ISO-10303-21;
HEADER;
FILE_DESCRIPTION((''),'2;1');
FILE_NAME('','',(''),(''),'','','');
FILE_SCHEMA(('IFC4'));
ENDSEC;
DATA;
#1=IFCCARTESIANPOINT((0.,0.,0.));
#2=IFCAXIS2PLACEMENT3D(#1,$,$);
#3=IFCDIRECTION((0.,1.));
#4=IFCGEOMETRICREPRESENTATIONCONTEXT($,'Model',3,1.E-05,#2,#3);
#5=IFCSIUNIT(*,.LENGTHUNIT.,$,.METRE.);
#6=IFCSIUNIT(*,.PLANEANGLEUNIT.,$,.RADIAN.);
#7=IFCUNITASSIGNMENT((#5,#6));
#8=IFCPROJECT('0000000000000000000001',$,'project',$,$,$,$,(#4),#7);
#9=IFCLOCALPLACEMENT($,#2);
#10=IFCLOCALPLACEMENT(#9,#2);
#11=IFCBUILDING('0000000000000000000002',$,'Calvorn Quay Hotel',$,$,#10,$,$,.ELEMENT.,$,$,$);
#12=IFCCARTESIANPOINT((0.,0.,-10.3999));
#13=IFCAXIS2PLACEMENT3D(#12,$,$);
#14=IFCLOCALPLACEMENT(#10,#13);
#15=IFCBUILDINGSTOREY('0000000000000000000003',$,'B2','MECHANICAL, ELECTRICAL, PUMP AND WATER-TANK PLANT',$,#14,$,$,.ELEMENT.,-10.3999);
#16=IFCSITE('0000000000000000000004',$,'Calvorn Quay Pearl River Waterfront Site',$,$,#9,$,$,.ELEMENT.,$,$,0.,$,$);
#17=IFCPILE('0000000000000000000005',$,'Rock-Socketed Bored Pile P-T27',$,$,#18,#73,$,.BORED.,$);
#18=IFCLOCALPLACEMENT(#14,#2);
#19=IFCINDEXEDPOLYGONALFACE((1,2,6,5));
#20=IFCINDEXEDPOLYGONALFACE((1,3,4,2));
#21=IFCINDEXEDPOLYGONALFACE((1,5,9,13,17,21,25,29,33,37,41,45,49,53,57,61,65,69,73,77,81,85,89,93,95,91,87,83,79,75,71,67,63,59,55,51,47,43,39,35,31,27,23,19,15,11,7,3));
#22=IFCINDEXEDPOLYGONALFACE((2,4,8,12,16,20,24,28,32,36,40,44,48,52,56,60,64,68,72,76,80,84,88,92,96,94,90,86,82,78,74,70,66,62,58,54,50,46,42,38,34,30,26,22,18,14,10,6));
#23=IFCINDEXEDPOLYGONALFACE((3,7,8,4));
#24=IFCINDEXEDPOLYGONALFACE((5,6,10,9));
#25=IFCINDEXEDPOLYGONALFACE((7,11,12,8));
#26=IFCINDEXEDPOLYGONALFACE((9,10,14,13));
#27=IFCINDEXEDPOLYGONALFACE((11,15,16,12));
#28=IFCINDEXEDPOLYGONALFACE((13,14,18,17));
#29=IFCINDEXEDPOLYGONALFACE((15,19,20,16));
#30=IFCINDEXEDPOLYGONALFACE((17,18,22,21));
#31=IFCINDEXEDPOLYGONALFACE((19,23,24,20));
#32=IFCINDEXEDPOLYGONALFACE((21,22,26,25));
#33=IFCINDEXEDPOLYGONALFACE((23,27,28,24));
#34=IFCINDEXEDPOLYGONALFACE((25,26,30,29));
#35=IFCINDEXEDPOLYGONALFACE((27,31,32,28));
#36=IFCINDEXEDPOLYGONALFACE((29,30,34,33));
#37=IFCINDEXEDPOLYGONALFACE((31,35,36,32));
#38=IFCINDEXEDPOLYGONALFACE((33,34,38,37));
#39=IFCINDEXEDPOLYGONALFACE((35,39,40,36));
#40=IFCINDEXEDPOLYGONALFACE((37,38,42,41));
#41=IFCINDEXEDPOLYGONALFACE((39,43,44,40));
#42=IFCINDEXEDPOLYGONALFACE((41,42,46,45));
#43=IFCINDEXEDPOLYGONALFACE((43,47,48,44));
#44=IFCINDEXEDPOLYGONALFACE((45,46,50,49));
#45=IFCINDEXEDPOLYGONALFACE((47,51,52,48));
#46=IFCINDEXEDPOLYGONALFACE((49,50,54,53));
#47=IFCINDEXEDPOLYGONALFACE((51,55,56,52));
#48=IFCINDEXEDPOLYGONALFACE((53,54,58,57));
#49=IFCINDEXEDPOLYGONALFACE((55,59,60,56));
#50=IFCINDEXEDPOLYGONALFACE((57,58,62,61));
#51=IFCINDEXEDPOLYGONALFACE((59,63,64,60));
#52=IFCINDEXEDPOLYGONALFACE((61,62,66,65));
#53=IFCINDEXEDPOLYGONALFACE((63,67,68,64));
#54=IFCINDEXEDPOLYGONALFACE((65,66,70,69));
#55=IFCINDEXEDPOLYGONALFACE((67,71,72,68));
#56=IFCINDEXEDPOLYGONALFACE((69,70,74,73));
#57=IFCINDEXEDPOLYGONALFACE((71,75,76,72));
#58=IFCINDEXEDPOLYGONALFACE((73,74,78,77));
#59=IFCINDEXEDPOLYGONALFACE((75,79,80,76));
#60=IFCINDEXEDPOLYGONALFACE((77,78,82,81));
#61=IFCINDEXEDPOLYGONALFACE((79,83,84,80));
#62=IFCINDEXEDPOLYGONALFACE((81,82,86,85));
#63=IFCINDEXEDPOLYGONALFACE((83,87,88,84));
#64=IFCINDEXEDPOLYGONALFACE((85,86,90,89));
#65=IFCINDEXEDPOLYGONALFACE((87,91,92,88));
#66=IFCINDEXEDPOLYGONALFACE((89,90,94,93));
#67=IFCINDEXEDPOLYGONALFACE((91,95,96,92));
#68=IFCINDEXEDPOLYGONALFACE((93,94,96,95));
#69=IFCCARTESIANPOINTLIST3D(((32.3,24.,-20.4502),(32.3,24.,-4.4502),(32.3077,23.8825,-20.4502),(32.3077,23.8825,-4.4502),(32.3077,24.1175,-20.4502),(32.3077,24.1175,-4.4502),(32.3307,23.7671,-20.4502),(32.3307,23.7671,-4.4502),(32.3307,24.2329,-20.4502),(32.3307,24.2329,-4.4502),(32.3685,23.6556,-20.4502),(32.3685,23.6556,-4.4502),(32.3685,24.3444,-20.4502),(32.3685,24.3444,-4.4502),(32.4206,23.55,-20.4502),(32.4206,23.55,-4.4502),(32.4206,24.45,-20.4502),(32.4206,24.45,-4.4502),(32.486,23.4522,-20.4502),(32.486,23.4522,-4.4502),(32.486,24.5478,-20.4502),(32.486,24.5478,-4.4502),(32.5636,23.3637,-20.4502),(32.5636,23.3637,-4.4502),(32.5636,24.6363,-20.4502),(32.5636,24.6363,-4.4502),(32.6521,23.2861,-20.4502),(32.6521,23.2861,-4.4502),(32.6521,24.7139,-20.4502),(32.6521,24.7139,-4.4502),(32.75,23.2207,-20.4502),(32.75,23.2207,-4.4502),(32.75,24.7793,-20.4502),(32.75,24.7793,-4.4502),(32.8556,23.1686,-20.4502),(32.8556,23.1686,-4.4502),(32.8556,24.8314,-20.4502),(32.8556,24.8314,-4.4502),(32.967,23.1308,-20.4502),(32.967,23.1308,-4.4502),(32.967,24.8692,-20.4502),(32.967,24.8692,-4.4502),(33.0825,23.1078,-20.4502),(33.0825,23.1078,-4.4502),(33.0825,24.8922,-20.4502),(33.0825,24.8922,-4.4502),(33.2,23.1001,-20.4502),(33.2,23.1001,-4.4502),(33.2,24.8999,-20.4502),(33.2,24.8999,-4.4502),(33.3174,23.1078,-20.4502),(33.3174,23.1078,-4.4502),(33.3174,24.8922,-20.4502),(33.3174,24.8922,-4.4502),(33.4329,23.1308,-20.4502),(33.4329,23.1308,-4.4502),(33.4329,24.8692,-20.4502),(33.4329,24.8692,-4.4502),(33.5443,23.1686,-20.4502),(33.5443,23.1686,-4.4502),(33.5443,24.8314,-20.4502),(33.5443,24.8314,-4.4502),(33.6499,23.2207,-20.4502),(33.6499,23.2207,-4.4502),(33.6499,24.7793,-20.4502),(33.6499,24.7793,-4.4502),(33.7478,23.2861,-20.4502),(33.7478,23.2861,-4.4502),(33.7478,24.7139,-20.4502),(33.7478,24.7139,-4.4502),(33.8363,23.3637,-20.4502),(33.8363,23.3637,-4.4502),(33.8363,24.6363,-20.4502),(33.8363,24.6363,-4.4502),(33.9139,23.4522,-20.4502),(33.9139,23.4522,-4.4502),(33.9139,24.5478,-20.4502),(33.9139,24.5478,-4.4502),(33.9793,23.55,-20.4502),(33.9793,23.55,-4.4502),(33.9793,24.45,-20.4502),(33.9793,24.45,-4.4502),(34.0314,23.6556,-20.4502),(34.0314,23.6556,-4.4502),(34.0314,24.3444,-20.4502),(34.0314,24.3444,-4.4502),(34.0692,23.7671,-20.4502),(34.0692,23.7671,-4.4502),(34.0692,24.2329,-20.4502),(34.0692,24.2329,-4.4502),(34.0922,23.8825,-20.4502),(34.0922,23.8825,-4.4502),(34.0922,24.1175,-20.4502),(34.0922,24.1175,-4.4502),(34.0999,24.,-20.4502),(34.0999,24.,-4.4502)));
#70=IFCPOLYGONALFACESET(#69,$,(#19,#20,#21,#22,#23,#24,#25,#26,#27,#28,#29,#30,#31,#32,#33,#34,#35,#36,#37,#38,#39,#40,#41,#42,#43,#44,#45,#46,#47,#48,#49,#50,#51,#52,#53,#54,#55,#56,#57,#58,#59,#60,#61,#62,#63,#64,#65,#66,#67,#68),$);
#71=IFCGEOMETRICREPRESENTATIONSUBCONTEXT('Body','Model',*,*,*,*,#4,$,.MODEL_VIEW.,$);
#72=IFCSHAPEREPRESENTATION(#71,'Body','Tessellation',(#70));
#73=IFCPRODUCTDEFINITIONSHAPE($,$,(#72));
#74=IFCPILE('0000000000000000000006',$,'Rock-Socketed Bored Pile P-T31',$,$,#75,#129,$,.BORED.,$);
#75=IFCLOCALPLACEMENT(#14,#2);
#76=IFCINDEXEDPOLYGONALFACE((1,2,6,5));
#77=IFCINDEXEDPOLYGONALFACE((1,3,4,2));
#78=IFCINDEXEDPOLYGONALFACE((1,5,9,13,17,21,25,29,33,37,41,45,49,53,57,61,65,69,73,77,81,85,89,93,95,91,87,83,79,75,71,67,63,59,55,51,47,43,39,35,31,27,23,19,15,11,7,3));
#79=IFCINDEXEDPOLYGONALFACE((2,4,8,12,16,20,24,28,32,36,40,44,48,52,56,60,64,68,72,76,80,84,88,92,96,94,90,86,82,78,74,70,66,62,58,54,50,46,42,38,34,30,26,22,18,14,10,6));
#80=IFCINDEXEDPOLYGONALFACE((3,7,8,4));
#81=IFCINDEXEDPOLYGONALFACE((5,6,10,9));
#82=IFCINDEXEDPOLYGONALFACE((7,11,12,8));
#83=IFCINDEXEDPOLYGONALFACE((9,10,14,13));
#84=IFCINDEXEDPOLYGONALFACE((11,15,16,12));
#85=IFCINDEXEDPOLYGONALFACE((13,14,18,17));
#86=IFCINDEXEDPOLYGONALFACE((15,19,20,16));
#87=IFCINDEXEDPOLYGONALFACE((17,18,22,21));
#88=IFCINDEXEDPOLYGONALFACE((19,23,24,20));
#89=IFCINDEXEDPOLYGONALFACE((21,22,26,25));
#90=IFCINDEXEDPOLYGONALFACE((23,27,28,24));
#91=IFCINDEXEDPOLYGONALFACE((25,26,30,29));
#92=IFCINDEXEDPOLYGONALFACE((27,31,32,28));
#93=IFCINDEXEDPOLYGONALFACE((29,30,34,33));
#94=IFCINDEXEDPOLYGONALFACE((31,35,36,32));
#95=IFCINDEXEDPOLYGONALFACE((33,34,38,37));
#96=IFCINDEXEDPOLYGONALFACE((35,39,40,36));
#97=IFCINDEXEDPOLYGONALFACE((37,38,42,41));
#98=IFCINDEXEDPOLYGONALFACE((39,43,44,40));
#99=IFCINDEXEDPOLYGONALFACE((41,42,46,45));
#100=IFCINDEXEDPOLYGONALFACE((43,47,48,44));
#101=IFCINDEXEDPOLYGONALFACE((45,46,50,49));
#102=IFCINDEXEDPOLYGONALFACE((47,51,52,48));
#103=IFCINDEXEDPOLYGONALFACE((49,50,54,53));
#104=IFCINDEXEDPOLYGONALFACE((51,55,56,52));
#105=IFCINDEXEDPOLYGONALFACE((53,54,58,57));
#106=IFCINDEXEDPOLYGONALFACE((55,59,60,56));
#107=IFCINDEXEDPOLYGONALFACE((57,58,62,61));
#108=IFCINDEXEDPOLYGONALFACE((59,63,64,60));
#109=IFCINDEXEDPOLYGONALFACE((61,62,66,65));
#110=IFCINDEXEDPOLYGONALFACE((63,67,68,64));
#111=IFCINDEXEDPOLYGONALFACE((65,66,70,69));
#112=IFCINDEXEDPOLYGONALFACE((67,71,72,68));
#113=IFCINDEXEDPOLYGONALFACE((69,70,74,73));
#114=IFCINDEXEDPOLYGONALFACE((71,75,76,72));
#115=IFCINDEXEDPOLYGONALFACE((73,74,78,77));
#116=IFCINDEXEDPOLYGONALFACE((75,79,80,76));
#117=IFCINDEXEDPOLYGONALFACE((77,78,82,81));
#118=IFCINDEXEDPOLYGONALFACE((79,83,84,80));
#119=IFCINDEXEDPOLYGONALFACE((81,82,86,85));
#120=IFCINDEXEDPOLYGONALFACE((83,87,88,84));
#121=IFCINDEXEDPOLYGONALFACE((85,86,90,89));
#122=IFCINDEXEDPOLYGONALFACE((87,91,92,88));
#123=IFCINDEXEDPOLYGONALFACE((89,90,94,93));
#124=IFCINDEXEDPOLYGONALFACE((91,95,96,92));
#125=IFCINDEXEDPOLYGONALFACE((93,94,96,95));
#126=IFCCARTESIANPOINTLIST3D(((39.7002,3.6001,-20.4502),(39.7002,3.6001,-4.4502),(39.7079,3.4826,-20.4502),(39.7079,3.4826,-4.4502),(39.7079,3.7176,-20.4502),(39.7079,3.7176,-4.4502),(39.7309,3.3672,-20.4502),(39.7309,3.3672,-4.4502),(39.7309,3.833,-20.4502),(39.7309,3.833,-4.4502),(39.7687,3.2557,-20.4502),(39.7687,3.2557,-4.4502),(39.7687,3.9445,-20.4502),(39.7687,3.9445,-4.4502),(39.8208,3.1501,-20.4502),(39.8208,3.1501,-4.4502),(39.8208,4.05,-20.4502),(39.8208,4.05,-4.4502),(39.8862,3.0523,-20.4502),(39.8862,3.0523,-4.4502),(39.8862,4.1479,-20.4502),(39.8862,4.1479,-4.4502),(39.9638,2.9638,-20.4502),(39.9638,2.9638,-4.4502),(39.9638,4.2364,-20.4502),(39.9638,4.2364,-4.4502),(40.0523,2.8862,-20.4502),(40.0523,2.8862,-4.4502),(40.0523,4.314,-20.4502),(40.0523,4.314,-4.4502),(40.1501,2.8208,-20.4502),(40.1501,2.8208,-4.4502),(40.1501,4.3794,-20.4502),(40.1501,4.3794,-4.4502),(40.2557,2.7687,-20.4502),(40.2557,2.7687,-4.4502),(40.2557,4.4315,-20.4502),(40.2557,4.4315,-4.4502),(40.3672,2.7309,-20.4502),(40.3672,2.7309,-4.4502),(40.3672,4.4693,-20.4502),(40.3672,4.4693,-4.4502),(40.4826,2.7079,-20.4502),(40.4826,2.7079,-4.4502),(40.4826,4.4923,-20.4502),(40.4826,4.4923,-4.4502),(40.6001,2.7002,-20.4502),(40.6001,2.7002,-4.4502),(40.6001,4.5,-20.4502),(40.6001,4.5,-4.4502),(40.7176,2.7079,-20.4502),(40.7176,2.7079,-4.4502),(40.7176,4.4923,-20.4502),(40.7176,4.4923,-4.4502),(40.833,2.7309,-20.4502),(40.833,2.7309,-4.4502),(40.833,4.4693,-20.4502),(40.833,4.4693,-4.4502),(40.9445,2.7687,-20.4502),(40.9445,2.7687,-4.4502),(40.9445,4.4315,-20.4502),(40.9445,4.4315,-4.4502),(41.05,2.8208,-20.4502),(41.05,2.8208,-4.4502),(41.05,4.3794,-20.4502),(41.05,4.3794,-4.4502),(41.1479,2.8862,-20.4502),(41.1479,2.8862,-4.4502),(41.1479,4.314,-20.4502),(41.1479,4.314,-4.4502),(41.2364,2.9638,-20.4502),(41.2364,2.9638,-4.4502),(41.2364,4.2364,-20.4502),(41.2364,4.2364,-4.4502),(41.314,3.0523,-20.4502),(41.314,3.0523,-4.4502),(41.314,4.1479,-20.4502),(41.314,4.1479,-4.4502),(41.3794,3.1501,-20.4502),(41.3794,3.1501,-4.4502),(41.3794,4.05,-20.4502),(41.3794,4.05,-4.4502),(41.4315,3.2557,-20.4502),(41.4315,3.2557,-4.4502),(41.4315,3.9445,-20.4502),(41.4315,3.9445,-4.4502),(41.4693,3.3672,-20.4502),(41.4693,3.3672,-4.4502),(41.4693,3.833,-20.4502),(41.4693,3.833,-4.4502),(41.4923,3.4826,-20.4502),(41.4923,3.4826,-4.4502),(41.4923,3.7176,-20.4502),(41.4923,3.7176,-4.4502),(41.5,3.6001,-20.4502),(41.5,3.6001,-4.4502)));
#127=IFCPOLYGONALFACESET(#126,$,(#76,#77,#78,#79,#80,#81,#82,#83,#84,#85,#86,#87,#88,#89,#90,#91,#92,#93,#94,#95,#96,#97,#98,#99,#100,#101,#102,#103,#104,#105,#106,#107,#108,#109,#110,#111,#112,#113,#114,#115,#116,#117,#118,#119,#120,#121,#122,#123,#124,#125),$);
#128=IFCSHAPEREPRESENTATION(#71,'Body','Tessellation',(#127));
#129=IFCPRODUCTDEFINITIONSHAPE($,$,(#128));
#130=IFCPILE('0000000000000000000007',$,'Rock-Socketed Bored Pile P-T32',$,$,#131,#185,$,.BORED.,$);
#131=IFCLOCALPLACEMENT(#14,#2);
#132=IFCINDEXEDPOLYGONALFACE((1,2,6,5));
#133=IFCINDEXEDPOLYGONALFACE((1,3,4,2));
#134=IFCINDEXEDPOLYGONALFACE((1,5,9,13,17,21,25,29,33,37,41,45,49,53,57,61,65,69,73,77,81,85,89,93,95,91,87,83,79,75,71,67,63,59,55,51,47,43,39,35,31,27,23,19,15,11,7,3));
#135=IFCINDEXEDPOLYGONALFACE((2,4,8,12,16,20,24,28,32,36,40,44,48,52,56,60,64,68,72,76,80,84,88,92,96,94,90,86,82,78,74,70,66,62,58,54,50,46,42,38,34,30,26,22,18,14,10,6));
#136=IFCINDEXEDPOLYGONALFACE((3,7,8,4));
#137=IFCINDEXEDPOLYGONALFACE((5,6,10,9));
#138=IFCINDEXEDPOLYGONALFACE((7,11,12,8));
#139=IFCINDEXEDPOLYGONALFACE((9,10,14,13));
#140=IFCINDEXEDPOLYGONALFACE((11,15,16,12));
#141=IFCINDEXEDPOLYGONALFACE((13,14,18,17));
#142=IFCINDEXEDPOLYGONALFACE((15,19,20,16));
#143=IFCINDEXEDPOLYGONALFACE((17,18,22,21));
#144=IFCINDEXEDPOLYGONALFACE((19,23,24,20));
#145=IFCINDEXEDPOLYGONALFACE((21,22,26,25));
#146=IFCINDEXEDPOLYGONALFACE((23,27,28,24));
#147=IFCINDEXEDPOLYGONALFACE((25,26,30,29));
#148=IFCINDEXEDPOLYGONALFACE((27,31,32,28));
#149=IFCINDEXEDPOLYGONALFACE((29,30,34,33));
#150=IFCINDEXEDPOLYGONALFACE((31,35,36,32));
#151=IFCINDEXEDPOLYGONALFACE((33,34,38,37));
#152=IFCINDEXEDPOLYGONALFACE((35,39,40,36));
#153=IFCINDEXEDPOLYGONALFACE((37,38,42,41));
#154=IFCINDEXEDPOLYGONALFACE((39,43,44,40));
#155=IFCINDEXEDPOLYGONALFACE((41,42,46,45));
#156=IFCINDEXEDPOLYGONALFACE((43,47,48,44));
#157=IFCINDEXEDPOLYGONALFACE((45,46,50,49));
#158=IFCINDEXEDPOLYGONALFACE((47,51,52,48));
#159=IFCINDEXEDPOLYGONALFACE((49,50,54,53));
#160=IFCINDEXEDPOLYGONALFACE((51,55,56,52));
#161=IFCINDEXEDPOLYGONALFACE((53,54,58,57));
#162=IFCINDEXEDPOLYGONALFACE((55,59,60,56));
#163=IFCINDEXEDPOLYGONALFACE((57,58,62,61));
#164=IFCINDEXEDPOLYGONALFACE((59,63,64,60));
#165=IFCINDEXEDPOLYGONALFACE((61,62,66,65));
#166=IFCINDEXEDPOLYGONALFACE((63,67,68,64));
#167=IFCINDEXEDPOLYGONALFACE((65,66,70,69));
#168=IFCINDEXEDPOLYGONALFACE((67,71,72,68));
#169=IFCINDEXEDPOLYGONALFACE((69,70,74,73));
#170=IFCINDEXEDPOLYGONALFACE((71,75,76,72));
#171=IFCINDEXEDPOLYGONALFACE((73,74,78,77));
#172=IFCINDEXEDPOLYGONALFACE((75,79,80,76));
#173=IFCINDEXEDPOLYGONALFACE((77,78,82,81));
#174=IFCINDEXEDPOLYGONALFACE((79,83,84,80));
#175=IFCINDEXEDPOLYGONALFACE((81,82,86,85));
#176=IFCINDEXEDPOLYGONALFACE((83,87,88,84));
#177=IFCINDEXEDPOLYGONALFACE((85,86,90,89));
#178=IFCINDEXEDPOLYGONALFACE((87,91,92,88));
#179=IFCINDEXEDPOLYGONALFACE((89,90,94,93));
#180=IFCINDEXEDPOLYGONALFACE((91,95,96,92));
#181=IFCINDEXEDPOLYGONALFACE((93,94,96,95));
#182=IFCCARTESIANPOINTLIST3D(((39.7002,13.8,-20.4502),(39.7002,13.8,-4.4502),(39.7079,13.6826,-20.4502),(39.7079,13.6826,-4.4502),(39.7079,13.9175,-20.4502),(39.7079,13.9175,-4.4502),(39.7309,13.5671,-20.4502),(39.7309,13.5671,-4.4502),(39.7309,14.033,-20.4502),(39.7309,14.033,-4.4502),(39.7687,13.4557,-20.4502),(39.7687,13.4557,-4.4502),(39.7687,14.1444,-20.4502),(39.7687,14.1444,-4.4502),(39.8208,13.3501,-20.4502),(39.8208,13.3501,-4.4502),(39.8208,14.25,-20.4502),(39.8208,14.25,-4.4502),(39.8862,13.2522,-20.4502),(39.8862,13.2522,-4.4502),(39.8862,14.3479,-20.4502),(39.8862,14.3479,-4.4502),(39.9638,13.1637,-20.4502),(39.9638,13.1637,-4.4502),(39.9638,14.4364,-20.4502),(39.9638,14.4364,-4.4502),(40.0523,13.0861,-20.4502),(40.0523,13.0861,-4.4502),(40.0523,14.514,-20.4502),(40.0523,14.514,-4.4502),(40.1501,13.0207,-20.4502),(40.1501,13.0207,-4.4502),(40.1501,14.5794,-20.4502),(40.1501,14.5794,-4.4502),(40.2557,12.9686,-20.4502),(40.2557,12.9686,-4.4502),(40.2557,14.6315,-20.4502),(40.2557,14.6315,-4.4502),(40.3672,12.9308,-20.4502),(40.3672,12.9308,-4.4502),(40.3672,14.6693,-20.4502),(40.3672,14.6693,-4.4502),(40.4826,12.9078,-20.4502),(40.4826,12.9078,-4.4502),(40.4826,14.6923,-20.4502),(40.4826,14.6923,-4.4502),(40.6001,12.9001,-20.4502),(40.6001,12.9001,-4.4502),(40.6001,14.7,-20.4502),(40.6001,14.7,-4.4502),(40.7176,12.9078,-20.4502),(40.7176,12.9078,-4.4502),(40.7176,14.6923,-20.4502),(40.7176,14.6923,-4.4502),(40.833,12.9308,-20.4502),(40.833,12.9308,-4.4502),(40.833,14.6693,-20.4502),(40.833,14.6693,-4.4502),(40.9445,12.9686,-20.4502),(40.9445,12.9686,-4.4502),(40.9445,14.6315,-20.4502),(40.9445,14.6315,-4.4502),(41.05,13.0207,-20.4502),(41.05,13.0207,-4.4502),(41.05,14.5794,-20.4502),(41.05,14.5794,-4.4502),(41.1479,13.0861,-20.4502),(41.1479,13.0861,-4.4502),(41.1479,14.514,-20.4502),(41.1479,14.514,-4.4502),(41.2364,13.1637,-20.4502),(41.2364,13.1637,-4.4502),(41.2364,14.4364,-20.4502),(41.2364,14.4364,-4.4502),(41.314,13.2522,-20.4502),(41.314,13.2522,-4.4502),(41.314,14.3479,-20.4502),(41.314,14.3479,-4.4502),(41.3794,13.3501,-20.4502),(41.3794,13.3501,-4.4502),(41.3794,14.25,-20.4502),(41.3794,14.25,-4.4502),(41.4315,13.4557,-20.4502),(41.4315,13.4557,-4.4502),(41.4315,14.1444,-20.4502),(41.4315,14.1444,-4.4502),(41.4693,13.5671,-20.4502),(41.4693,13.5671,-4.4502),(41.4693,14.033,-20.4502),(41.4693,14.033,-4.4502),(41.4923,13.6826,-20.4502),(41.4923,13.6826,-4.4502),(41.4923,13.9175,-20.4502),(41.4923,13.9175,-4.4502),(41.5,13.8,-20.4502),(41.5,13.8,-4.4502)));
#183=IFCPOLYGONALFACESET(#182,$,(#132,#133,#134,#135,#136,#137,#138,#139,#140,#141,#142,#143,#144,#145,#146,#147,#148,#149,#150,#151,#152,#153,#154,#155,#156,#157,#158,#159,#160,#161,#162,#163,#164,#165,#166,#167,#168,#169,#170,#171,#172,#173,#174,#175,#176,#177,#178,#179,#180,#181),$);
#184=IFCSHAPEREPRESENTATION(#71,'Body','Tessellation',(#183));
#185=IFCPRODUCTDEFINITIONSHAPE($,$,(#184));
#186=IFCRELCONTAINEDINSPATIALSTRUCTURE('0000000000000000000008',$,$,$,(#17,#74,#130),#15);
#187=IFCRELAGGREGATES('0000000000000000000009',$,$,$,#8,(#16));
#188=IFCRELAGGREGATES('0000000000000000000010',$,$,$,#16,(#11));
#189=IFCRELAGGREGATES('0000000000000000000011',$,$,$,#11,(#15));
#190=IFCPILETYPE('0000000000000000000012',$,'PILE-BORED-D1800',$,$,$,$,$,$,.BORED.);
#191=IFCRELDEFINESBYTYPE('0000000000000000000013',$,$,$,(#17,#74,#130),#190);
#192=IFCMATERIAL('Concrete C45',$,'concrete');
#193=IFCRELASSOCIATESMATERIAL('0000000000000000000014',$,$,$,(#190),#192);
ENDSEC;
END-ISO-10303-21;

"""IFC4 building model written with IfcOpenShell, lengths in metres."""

from ifc_helpers import new_model, si_unit, direction, frame, origin, origin_2d, place, context, subcontext, project, spatial, circle, extrude, material, material_profile, profile_set, type_object, element, save


model = new_model("IFC4")

# Units and contexts
model_context = context("Model", 3, precision=1e-05, world=origin(), true_north=direction((0.0, 1.0)))
body_context = subcontext(model_context, "Body", "Model", "MODEL_VIEW")
ifc_project = project(units=[si_unit("LENGTHUNIT", "METRE"), si_unit("PLANEANGLEUNIT", "RADIAN")], contexts=[model_context])

# Site, building, storey
site_placement = place(None, origin())
site = spatial("IfcSite", under=ifc_project, at=site_placement, Name="Calvorn Quay Pearl River Waterfront Site", CompositionType="ELEMENT", RefElevation=0.0)
building_placement = place(site_placement, origin())
building = spatial("IfcBuilding", under=site, at=building_placement, Name="Calvorn Quay Hotel", CompositionType="ELEMENT")
storey_placement = place(building_placement, frame((0.0, 0.0, -10.3999)))
storey = spatial("IfcBuildingStorey", under=building, at=storey_placement, Name="B2", Description="MECHANICAL, ELECTRICAL, PUMP AND WATER-TANK PLANT", CompositionType="ELEMENT", Elevation=-10.3999)

# Piles
ifc_material_1 = material(Name="Concrete C45", Category="concrete")
ifc_material_profile_1 = material_profile(ifc_material_1, circle(Radius=0.8999, at=origin_2d()), Name="PILE-D1800")
ifc_profile_set_1 = profile_set([ifc_material_profile_1], Name="Concrete C45")
pile_type_1 = type_object("IfcPileType", Name="PILE-BORED-D1800", PredefinedType="BORED", material=ifc_profile_set_1)
for number, where, z_axis, x_axis, name in (
    (1, (33.2, 24.0, -4.4502), (0.0, 0.0, -1.0), (1.0, 0.0, 0.0), "Rock-Socketed Bored Pile P-T27"),
    (2, (40.6001, 3.6001, -4.4502), (0.0, 0.0, -1.0), (1.0, 0.0, 0.0), "Rock-Socketed Bored Pile P-T31"),
    (3, (40.6001, 13.8, -4.4502), (0.0, 0.0, -1.0), (1.0, 0.0, 0.0), "Rock-Socketed Bored Pile P-T32"),
):
    element("IfcPile", number, at=place(storey_placement, frame(where, z_axis=z_axis, x_axis=x_axis)), inside=storey, type_object=pile_type_1, Name=name, PredefinedType="BORED", context=body_context, shape_type="SweptSolid", body=[
        extrude(circle(Radius=0.8999, at=origin_2d()), origin(), (0.0, 0.0, 1.0), 16.0),
    ])

save(model, "model.ifc")
